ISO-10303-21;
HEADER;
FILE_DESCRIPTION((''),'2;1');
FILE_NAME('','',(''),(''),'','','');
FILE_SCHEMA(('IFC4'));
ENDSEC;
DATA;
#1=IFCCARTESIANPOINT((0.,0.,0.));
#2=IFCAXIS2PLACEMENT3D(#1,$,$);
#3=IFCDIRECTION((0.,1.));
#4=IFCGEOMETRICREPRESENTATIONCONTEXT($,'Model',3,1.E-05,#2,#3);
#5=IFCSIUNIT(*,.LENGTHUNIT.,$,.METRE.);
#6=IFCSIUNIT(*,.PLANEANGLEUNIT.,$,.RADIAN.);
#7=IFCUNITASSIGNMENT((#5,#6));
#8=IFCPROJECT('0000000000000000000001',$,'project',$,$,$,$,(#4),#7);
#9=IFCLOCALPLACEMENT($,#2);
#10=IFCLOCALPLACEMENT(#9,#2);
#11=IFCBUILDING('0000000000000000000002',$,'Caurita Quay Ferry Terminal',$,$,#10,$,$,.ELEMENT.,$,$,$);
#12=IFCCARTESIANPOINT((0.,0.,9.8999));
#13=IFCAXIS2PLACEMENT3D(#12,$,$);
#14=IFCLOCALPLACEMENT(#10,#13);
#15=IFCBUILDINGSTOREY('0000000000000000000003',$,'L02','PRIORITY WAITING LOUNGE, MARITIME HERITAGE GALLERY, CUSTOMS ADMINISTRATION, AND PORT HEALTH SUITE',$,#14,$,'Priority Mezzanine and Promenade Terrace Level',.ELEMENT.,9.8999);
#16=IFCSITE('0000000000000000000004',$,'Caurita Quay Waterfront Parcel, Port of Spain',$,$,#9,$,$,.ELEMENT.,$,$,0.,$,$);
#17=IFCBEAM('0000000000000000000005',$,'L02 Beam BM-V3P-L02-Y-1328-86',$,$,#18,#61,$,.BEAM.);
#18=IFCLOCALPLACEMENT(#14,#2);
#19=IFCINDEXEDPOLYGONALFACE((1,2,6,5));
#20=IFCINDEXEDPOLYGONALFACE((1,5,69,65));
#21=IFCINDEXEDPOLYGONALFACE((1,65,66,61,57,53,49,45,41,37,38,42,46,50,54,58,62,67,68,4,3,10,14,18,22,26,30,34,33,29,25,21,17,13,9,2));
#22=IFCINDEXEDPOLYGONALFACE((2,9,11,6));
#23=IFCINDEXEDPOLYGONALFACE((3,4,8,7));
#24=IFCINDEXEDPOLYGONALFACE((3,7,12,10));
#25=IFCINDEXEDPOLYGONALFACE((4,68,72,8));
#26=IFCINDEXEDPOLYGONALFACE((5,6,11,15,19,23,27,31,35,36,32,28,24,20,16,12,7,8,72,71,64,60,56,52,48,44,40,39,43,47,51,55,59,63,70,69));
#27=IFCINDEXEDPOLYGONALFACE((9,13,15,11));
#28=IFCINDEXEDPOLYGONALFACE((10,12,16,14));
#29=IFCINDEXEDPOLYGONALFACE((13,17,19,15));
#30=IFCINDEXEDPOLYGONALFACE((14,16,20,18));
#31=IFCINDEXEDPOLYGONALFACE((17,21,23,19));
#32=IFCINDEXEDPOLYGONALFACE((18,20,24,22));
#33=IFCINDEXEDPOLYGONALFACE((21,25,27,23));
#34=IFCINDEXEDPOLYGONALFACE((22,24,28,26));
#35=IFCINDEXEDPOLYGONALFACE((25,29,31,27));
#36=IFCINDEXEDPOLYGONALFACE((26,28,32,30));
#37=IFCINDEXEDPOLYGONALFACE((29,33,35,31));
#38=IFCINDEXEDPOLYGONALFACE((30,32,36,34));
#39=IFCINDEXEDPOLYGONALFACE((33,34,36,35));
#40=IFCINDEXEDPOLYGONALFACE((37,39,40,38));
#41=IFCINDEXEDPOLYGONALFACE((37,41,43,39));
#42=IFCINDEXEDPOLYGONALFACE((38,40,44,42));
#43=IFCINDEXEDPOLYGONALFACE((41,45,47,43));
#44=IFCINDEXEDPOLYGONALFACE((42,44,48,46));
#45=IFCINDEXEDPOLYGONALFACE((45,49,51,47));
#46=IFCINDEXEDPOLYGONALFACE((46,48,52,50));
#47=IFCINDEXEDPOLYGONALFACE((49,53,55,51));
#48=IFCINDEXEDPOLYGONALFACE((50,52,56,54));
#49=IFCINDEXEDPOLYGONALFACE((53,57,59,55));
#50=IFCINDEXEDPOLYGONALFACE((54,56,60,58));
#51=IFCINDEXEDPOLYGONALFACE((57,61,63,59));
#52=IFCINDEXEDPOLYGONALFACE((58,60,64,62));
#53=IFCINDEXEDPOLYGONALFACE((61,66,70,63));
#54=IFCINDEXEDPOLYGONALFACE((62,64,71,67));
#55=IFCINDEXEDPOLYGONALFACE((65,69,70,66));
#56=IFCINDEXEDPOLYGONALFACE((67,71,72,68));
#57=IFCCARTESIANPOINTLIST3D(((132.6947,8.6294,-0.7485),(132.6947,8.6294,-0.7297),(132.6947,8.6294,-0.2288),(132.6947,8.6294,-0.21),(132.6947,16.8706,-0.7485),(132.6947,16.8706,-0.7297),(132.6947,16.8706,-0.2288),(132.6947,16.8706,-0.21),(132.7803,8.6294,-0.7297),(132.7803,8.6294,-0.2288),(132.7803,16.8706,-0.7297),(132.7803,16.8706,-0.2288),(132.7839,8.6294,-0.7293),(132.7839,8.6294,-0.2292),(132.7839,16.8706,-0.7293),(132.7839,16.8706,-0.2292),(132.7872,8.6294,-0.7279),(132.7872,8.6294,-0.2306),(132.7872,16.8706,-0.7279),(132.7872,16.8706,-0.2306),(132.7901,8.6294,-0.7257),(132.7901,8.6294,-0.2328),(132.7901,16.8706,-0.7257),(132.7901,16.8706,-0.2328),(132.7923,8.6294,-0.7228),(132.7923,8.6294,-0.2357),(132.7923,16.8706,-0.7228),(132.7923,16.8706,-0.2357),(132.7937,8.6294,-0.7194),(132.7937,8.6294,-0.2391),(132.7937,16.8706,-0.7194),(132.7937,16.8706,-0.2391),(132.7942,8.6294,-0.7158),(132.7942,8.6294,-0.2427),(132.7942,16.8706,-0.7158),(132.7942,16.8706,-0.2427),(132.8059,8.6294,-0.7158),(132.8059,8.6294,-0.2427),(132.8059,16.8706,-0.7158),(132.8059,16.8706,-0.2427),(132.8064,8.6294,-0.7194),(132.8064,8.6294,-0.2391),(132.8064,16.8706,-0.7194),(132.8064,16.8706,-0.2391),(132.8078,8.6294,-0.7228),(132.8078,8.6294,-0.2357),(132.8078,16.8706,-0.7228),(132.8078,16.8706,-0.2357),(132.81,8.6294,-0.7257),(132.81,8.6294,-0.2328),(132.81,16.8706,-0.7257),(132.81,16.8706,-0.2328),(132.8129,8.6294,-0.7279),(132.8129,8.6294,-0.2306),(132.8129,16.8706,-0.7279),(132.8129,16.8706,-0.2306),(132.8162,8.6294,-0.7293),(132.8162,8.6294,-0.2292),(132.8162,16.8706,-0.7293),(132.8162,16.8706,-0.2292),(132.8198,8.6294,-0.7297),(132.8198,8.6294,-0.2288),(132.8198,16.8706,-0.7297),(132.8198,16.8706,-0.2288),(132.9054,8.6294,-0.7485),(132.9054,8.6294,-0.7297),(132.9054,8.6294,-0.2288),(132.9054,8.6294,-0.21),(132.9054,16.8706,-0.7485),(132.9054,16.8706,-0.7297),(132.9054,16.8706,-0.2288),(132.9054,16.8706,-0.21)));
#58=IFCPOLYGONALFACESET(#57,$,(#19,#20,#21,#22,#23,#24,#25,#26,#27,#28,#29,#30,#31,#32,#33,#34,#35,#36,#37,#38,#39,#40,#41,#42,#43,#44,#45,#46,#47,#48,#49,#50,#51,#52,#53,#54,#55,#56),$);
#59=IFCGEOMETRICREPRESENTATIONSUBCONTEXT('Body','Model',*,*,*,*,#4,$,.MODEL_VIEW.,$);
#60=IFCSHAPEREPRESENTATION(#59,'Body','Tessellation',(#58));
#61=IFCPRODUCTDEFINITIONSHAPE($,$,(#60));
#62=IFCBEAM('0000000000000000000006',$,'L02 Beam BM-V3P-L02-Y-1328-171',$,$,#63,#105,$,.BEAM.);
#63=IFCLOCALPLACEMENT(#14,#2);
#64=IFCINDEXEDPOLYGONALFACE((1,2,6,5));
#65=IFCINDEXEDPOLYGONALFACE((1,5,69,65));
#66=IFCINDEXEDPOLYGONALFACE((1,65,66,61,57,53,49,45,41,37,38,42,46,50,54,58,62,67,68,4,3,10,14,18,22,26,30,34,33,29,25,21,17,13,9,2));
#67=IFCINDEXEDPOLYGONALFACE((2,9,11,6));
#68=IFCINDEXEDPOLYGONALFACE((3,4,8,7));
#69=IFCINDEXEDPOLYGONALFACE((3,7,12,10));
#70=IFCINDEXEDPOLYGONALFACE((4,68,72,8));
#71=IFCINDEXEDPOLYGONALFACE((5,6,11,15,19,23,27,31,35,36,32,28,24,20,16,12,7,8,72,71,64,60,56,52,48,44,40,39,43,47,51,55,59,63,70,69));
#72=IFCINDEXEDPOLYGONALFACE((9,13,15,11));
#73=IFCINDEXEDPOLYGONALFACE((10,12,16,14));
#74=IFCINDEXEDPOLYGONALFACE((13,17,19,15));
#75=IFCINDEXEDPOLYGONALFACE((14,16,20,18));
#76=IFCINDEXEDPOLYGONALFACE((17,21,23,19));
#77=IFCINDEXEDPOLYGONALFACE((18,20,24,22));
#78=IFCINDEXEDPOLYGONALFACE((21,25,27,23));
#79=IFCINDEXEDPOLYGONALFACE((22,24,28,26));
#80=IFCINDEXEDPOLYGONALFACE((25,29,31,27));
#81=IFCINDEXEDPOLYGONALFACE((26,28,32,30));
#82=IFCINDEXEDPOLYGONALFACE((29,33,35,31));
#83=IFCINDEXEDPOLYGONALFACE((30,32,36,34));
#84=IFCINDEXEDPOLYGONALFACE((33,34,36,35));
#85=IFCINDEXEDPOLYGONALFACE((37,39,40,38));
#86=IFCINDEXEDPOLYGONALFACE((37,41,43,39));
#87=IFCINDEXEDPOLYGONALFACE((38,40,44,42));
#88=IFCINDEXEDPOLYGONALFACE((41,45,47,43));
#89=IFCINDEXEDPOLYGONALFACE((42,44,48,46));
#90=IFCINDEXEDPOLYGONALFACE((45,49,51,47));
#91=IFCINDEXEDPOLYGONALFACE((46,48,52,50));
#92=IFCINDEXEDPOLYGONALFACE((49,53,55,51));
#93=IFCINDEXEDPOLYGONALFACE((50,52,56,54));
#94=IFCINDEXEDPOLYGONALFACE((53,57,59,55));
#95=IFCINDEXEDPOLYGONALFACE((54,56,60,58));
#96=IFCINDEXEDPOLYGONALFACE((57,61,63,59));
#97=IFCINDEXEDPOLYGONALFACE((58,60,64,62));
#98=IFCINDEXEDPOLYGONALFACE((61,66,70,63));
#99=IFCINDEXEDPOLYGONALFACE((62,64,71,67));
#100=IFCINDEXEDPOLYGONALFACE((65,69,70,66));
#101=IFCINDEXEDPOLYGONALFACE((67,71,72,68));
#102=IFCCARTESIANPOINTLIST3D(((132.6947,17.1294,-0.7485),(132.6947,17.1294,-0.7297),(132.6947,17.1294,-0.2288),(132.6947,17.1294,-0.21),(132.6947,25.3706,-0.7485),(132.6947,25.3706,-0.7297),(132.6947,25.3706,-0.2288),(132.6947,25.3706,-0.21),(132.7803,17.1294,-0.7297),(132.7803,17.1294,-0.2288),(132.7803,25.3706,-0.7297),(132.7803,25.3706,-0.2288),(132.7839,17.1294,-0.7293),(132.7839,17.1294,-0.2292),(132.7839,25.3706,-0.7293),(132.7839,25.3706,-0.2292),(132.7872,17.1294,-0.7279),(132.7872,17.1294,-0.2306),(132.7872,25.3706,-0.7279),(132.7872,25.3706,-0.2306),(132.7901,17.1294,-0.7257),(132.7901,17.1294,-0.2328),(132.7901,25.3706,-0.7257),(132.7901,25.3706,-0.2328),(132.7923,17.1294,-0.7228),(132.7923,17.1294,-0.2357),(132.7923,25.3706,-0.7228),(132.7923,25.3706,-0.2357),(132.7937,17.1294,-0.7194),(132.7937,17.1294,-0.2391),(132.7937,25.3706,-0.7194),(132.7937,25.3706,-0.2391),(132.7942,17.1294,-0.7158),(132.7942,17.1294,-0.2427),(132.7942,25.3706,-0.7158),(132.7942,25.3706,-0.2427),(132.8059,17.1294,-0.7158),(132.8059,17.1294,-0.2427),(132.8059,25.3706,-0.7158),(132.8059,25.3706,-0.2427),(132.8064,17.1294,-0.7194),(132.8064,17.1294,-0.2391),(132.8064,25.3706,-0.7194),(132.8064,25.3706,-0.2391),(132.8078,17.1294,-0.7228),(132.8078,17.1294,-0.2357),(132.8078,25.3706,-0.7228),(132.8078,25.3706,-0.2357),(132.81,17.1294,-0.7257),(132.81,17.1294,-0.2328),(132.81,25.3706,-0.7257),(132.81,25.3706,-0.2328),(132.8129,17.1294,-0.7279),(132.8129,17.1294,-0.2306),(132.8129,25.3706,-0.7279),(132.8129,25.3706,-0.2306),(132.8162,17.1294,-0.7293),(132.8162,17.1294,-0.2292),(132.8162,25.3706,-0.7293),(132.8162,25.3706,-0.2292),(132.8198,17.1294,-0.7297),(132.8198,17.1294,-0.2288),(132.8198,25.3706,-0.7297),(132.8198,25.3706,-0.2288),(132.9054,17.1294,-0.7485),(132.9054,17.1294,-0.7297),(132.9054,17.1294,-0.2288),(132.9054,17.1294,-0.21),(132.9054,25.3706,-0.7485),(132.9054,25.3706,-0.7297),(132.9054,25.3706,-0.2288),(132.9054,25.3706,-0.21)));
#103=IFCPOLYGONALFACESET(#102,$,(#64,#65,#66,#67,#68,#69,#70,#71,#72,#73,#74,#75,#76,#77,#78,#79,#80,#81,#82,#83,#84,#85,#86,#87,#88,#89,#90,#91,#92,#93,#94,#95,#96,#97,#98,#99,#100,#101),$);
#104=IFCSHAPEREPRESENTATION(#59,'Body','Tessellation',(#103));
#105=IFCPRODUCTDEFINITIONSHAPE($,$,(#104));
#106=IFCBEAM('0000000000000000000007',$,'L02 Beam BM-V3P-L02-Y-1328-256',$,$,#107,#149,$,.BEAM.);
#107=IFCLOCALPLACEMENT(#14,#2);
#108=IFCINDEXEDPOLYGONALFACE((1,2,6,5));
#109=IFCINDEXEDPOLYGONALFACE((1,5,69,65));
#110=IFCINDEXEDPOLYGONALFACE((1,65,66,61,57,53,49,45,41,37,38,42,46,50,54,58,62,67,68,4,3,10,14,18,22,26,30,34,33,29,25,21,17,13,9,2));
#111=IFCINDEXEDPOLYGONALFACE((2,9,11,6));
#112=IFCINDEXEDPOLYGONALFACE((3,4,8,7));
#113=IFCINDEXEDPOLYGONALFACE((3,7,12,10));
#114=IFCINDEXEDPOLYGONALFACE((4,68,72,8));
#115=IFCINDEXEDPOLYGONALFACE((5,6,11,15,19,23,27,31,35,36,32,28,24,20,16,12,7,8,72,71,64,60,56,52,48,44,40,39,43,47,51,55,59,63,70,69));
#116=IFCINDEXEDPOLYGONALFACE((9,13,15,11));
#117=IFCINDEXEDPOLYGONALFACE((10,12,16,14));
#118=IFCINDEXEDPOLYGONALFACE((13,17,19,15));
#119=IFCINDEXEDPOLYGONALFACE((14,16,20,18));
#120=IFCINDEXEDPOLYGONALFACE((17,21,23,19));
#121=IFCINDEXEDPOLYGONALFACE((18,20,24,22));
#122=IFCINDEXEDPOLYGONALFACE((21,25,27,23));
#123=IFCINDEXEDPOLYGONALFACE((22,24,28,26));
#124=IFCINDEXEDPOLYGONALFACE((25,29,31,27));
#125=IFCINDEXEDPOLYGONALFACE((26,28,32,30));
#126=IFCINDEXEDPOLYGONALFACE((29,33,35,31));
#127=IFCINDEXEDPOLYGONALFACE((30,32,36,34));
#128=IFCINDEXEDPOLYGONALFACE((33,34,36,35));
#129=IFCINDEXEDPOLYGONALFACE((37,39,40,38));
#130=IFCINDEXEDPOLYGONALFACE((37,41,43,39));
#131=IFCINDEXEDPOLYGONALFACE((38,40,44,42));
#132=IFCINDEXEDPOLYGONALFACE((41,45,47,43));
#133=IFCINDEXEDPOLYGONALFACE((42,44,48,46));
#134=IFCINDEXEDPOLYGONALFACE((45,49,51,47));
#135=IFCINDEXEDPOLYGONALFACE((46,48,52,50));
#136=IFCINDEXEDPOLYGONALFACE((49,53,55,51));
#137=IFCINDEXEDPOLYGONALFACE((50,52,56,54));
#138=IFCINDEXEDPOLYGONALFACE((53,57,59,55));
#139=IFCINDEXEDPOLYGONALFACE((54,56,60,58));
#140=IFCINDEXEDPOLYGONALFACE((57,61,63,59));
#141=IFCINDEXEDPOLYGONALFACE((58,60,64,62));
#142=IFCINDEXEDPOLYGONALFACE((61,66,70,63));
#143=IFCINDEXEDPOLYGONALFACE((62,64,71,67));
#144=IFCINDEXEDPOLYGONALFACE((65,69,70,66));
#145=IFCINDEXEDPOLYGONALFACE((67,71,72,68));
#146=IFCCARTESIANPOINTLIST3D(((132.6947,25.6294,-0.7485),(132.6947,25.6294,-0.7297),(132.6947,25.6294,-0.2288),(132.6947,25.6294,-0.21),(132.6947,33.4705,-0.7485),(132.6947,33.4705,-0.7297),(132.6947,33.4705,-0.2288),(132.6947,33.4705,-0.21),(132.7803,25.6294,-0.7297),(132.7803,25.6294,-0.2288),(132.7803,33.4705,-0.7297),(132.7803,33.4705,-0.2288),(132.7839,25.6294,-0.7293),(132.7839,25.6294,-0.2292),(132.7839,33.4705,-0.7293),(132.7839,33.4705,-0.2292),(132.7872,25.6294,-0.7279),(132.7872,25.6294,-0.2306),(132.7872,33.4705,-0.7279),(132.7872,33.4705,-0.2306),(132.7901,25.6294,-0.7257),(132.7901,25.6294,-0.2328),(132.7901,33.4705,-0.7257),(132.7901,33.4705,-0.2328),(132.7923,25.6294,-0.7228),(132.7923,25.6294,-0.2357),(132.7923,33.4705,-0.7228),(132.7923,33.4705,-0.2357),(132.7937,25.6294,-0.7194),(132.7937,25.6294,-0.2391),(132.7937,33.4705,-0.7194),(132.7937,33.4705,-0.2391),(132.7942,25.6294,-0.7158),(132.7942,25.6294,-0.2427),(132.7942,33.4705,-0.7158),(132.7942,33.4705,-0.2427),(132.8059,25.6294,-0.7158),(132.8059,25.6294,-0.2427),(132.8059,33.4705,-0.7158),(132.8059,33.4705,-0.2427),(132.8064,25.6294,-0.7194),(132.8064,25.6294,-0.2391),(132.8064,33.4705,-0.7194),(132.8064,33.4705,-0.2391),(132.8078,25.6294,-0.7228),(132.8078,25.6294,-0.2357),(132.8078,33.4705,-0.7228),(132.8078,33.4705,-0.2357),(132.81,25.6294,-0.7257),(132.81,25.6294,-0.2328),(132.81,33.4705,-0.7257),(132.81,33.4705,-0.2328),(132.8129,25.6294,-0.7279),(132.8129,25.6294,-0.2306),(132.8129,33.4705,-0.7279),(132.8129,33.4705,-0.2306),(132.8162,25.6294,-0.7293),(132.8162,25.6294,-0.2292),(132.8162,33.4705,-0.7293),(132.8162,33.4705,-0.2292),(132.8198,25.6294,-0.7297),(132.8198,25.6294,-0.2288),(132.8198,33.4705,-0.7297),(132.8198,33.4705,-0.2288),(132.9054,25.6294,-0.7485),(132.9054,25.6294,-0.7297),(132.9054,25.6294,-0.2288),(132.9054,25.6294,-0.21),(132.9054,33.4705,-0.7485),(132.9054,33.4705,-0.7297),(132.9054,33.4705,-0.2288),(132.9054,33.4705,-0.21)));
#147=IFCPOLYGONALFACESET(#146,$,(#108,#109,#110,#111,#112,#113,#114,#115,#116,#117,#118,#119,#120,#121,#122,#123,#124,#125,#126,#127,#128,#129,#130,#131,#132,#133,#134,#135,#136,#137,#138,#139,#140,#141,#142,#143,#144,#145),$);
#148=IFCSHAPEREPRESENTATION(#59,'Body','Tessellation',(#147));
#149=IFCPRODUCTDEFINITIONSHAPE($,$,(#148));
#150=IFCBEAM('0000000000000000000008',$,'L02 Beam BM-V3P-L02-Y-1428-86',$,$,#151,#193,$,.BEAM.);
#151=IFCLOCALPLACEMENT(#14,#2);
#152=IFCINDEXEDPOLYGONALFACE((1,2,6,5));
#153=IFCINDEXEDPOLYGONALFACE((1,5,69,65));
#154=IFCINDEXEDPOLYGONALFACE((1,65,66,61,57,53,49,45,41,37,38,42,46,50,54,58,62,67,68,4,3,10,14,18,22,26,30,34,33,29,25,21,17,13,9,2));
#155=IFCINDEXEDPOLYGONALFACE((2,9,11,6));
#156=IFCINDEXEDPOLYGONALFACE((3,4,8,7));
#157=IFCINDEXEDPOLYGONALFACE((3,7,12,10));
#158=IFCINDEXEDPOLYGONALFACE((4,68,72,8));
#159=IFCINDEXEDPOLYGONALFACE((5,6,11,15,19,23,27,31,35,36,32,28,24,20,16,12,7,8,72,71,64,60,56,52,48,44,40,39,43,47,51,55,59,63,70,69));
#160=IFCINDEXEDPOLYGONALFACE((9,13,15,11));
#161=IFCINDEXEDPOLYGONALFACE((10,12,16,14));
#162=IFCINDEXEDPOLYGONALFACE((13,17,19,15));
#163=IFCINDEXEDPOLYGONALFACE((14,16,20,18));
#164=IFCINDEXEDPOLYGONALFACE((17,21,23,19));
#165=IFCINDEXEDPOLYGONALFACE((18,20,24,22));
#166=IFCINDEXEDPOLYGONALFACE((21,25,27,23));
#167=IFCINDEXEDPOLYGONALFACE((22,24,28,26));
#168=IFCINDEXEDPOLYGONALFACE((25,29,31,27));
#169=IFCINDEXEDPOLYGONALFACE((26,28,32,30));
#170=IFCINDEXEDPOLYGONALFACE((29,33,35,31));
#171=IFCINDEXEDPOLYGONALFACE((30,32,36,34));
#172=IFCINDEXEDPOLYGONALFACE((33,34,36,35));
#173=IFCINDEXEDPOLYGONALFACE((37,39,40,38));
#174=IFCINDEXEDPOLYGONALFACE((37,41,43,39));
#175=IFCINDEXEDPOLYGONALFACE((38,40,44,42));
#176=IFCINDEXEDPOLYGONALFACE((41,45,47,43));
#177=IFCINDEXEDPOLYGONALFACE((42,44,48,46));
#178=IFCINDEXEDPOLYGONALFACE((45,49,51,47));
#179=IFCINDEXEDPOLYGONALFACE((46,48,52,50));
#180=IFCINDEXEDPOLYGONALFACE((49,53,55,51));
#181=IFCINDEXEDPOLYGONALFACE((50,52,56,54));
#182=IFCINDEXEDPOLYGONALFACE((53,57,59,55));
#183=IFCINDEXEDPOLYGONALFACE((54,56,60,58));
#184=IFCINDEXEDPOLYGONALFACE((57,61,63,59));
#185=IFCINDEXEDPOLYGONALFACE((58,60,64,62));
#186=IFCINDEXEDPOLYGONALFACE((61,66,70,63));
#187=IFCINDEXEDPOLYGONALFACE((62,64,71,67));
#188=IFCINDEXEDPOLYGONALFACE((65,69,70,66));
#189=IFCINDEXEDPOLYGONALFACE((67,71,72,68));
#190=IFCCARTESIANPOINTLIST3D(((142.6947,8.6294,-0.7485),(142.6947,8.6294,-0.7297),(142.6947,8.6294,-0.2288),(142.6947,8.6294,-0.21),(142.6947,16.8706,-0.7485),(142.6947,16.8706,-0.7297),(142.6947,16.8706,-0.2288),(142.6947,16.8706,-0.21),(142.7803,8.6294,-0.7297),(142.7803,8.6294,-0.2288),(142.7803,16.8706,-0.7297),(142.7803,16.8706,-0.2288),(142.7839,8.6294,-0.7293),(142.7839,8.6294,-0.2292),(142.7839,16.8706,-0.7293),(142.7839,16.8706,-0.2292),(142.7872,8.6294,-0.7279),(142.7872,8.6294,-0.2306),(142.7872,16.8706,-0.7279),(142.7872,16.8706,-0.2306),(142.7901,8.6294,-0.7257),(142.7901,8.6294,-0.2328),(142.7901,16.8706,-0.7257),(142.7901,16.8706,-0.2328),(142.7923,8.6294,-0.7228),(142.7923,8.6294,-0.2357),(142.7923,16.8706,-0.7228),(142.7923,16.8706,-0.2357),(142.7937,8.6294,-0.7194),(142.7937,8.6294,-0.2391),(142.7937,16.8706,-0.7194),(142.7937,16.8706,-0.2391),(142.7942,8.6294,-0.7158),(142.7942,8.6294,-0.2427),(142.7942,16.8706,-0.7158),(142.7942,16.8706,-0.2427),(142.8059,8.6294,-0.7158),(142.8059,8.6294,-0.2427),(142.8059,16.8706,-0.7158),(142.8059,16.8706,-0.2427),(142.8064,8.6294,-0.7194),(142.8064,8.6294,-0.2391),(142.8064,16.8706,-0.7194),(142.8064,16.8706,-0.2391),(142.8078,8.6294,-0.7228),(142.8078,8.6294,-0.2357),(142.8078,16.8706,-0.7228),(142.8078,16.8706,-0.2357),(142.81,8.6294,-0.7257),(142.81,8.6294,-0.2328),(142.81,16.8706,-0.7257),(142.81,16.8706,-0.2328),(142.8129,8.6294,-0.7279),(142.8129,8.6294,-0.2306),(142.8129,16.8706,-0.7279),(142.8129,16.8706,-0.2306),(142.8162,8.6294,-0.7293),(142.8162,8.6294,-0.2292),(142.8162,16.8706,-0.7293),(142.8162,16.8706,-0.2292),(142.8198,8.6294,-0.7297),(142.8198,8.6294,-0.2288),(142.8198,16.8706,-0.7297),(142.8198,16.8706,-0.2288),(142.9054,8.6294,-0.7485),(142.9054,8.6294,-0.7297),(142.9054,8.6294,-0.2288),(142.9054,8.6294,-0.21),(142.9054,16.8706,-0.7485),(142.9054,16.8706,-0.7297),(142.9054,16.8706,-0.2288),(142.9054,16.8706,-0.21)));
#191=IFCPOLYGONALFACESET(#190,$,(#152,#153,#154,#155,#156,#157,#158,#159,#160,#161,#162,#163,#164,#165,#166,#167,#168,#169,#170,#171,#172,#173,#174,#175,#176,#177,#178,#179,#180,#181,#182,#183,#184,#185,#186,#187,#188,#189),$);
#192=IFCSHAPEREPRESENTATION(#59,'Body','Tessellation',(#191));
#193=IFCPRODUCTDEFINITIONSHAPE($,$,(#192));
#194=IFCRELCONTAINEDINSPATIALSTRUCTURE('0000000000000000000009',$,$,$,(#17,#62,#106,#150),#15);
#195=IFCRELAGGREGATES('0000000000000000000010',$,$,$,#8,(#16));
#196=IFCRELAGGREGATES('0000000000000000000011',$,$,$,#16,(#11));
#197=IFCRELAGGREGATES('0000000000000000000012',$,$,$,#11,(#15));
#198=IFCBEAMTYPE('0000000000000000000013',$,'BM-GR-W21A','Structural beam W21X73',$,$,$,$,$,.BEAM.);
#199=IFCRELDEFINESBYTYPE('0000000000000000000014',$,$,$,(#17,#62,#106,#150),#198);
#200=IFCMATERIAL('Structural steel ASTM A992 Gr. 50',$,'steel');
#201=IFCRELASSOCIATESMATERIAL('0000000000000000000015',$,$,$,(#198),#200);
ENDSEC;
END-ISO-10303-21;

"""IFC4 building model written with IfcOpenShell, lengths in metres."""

from ifc_helpers import new_model, si_unit, direction, frame, origin, origin_2d, place, context, subcontext, project, spatial, i_section, extrude, material, material_profile, profile_set, type_object, element, save


model = new_model("IFC4")

# Units and contexts
model_context = context("Model", 3, precision=1e-05, world=origin(), true_north=direction((0.0, 1.0)))
body_context = subcontext(model_context, "Body", "Model", "MODEL_VIEW")
ifc_project = project(units=[si_unit("LENGTHUNIT", "METRE"), si_unit("PLANEANGLEUNIT", "RADIAN")], contexts=[model_context])

# Site, building, storey
site_placement = place(None, origin())
site = spatial("IfcSite", under=ifc_project, at=site_placement, Name="Caurita Quay Waterfront Parcel, Port of Spain", CompositionType="ELEMENT", RefElevation=0.0)
building_placement = place(site_placement, origin())
building = spatial("IfcBuilding", under=site, at=building_placement, Name="Caurita Quay Ferry Terminal", CompositionType="ELEMENT")
storey_placement = place(building_placement, frame((0.0, 0.0, 9.8999)))
storey = spatial("IfcBuildingStorey", under=building, at=storey_placement, Name="L02", Description="PRIORITY WAITING LOUNGE, MARITIME HERITAGE GALLERY, CUSTOMS ADMINISTRATION, AND PORT HEALTH SUITE", LongName="Priority Mezzanine and Promenade Terrace Level", CompositionType="ELEMENT", Elevation=9.8999)

# Beams
ifc_material_1 = material(Name="Structural steel ASTM A992 Gr. 50", Category="steel")
ifc_material_profile_1 = material_profile(ifc_material_1, i_section(OverallWidth=0.2107, OverallDepth=0.5386, WebThickness=0.0117, FlangeThickness=0.0188, FilletRadius=0.0139, at=origin_2d()), Name="W21X73")
ifc_profile_set_1 = profile_set([ifc_material_profile_1], Name="Structural steel ASTM A992 Gr. 50")
beam_type_1 = type_object("IfcBeamType", Name="BM-GR-W21A", Description="Structural beam W21X73", PredefinedType="BEAM", material=ifc_profile_set_1)
for number, where, z_axis, x_axis, name in (
    (1, (132.8, 8.6294, -0.4792), (0.0, 1.0, 0.0), (-1.0, 0.0, 0.0), "L02 Beam BM-V3P-L02-Y-1328-86"),
    (2, (132.8, 17.1294, -0.4792), (0.0, 1.0, 0.0), (-1.0, 0.0, 0.0), "L02 Beam BM-V3P-L02-Y-1328-171"),
):
    element("IfcBeam", number, at=place(storey_placement, frame(where, z_axis=z_axis, x_axis=x_axis)), inside=storey, type_object=beam_type_1, Name=name, PredefinedType="BEAM", context=body_context, shape_type="SweptSolid", body=[
        extrude(i_section(OverallWidth=0.2107, OverallDepth=0.5386, WebThickness=0.0117, FlangeThickness=0.0188, FilletRadius=0.0139, at=origin_2d()), origin(), (0.0, 0.0, 1.0), 8.2412),
    ])
beam_1_placement = place(storey_placement, frame((132.8, 25.6294, -0.4792), z_axis=(0.0, 1.0, 0.0), x_axis=(-1.0, 0.0, 0.0)))
element("IfcBeam", 3, at=beam_1_placement, inside=storey, type_object=beam_type_1, Name="L02 Beam BM-V3P-L02-Y-1328-256", PredefinedType="BEAM", context=body_context, shape_type="SweptSolid", body=[
    extrude(i_section(OverallWidth=0.2107, OverallDepth=0.5386, WebThickness=0.0117, FlangeThickness=0.0188, FilletRadius=0.0139, at=origin_2d()), origin(), (0.0, 0.0, 1.0), 7.8411),
])
for number, where, z_axis, x_axis, name in (
    (4, (142.8, 8.6294, -0.4792), (0.0, 1.0, 0.0), (-1.0, 0.0, 0.0), "L02 Beam BM-V3P-L02-Y-1428-86"),
):
    element("IfcBeam", number, at=place(storey_placement, frame(where, z_axis=z_axis, x_axis=x_axis)), inside=storey, type_object=beam_type_1, Name=name, PredefinedType="BEAM", context=body_context, shape_type="SweptSolid", body=[
        extrude(i_section(OverallWidth=0.2107, OverallDepth=0.5386, WebThickness=0.0117, FlangeThickness=0.0188, FilletRadius=0.0139, at=origin_2d()), origin(), (0.0, 0.0, 1.0), 8.2412),
    ])

save(model, "model.ifc")
